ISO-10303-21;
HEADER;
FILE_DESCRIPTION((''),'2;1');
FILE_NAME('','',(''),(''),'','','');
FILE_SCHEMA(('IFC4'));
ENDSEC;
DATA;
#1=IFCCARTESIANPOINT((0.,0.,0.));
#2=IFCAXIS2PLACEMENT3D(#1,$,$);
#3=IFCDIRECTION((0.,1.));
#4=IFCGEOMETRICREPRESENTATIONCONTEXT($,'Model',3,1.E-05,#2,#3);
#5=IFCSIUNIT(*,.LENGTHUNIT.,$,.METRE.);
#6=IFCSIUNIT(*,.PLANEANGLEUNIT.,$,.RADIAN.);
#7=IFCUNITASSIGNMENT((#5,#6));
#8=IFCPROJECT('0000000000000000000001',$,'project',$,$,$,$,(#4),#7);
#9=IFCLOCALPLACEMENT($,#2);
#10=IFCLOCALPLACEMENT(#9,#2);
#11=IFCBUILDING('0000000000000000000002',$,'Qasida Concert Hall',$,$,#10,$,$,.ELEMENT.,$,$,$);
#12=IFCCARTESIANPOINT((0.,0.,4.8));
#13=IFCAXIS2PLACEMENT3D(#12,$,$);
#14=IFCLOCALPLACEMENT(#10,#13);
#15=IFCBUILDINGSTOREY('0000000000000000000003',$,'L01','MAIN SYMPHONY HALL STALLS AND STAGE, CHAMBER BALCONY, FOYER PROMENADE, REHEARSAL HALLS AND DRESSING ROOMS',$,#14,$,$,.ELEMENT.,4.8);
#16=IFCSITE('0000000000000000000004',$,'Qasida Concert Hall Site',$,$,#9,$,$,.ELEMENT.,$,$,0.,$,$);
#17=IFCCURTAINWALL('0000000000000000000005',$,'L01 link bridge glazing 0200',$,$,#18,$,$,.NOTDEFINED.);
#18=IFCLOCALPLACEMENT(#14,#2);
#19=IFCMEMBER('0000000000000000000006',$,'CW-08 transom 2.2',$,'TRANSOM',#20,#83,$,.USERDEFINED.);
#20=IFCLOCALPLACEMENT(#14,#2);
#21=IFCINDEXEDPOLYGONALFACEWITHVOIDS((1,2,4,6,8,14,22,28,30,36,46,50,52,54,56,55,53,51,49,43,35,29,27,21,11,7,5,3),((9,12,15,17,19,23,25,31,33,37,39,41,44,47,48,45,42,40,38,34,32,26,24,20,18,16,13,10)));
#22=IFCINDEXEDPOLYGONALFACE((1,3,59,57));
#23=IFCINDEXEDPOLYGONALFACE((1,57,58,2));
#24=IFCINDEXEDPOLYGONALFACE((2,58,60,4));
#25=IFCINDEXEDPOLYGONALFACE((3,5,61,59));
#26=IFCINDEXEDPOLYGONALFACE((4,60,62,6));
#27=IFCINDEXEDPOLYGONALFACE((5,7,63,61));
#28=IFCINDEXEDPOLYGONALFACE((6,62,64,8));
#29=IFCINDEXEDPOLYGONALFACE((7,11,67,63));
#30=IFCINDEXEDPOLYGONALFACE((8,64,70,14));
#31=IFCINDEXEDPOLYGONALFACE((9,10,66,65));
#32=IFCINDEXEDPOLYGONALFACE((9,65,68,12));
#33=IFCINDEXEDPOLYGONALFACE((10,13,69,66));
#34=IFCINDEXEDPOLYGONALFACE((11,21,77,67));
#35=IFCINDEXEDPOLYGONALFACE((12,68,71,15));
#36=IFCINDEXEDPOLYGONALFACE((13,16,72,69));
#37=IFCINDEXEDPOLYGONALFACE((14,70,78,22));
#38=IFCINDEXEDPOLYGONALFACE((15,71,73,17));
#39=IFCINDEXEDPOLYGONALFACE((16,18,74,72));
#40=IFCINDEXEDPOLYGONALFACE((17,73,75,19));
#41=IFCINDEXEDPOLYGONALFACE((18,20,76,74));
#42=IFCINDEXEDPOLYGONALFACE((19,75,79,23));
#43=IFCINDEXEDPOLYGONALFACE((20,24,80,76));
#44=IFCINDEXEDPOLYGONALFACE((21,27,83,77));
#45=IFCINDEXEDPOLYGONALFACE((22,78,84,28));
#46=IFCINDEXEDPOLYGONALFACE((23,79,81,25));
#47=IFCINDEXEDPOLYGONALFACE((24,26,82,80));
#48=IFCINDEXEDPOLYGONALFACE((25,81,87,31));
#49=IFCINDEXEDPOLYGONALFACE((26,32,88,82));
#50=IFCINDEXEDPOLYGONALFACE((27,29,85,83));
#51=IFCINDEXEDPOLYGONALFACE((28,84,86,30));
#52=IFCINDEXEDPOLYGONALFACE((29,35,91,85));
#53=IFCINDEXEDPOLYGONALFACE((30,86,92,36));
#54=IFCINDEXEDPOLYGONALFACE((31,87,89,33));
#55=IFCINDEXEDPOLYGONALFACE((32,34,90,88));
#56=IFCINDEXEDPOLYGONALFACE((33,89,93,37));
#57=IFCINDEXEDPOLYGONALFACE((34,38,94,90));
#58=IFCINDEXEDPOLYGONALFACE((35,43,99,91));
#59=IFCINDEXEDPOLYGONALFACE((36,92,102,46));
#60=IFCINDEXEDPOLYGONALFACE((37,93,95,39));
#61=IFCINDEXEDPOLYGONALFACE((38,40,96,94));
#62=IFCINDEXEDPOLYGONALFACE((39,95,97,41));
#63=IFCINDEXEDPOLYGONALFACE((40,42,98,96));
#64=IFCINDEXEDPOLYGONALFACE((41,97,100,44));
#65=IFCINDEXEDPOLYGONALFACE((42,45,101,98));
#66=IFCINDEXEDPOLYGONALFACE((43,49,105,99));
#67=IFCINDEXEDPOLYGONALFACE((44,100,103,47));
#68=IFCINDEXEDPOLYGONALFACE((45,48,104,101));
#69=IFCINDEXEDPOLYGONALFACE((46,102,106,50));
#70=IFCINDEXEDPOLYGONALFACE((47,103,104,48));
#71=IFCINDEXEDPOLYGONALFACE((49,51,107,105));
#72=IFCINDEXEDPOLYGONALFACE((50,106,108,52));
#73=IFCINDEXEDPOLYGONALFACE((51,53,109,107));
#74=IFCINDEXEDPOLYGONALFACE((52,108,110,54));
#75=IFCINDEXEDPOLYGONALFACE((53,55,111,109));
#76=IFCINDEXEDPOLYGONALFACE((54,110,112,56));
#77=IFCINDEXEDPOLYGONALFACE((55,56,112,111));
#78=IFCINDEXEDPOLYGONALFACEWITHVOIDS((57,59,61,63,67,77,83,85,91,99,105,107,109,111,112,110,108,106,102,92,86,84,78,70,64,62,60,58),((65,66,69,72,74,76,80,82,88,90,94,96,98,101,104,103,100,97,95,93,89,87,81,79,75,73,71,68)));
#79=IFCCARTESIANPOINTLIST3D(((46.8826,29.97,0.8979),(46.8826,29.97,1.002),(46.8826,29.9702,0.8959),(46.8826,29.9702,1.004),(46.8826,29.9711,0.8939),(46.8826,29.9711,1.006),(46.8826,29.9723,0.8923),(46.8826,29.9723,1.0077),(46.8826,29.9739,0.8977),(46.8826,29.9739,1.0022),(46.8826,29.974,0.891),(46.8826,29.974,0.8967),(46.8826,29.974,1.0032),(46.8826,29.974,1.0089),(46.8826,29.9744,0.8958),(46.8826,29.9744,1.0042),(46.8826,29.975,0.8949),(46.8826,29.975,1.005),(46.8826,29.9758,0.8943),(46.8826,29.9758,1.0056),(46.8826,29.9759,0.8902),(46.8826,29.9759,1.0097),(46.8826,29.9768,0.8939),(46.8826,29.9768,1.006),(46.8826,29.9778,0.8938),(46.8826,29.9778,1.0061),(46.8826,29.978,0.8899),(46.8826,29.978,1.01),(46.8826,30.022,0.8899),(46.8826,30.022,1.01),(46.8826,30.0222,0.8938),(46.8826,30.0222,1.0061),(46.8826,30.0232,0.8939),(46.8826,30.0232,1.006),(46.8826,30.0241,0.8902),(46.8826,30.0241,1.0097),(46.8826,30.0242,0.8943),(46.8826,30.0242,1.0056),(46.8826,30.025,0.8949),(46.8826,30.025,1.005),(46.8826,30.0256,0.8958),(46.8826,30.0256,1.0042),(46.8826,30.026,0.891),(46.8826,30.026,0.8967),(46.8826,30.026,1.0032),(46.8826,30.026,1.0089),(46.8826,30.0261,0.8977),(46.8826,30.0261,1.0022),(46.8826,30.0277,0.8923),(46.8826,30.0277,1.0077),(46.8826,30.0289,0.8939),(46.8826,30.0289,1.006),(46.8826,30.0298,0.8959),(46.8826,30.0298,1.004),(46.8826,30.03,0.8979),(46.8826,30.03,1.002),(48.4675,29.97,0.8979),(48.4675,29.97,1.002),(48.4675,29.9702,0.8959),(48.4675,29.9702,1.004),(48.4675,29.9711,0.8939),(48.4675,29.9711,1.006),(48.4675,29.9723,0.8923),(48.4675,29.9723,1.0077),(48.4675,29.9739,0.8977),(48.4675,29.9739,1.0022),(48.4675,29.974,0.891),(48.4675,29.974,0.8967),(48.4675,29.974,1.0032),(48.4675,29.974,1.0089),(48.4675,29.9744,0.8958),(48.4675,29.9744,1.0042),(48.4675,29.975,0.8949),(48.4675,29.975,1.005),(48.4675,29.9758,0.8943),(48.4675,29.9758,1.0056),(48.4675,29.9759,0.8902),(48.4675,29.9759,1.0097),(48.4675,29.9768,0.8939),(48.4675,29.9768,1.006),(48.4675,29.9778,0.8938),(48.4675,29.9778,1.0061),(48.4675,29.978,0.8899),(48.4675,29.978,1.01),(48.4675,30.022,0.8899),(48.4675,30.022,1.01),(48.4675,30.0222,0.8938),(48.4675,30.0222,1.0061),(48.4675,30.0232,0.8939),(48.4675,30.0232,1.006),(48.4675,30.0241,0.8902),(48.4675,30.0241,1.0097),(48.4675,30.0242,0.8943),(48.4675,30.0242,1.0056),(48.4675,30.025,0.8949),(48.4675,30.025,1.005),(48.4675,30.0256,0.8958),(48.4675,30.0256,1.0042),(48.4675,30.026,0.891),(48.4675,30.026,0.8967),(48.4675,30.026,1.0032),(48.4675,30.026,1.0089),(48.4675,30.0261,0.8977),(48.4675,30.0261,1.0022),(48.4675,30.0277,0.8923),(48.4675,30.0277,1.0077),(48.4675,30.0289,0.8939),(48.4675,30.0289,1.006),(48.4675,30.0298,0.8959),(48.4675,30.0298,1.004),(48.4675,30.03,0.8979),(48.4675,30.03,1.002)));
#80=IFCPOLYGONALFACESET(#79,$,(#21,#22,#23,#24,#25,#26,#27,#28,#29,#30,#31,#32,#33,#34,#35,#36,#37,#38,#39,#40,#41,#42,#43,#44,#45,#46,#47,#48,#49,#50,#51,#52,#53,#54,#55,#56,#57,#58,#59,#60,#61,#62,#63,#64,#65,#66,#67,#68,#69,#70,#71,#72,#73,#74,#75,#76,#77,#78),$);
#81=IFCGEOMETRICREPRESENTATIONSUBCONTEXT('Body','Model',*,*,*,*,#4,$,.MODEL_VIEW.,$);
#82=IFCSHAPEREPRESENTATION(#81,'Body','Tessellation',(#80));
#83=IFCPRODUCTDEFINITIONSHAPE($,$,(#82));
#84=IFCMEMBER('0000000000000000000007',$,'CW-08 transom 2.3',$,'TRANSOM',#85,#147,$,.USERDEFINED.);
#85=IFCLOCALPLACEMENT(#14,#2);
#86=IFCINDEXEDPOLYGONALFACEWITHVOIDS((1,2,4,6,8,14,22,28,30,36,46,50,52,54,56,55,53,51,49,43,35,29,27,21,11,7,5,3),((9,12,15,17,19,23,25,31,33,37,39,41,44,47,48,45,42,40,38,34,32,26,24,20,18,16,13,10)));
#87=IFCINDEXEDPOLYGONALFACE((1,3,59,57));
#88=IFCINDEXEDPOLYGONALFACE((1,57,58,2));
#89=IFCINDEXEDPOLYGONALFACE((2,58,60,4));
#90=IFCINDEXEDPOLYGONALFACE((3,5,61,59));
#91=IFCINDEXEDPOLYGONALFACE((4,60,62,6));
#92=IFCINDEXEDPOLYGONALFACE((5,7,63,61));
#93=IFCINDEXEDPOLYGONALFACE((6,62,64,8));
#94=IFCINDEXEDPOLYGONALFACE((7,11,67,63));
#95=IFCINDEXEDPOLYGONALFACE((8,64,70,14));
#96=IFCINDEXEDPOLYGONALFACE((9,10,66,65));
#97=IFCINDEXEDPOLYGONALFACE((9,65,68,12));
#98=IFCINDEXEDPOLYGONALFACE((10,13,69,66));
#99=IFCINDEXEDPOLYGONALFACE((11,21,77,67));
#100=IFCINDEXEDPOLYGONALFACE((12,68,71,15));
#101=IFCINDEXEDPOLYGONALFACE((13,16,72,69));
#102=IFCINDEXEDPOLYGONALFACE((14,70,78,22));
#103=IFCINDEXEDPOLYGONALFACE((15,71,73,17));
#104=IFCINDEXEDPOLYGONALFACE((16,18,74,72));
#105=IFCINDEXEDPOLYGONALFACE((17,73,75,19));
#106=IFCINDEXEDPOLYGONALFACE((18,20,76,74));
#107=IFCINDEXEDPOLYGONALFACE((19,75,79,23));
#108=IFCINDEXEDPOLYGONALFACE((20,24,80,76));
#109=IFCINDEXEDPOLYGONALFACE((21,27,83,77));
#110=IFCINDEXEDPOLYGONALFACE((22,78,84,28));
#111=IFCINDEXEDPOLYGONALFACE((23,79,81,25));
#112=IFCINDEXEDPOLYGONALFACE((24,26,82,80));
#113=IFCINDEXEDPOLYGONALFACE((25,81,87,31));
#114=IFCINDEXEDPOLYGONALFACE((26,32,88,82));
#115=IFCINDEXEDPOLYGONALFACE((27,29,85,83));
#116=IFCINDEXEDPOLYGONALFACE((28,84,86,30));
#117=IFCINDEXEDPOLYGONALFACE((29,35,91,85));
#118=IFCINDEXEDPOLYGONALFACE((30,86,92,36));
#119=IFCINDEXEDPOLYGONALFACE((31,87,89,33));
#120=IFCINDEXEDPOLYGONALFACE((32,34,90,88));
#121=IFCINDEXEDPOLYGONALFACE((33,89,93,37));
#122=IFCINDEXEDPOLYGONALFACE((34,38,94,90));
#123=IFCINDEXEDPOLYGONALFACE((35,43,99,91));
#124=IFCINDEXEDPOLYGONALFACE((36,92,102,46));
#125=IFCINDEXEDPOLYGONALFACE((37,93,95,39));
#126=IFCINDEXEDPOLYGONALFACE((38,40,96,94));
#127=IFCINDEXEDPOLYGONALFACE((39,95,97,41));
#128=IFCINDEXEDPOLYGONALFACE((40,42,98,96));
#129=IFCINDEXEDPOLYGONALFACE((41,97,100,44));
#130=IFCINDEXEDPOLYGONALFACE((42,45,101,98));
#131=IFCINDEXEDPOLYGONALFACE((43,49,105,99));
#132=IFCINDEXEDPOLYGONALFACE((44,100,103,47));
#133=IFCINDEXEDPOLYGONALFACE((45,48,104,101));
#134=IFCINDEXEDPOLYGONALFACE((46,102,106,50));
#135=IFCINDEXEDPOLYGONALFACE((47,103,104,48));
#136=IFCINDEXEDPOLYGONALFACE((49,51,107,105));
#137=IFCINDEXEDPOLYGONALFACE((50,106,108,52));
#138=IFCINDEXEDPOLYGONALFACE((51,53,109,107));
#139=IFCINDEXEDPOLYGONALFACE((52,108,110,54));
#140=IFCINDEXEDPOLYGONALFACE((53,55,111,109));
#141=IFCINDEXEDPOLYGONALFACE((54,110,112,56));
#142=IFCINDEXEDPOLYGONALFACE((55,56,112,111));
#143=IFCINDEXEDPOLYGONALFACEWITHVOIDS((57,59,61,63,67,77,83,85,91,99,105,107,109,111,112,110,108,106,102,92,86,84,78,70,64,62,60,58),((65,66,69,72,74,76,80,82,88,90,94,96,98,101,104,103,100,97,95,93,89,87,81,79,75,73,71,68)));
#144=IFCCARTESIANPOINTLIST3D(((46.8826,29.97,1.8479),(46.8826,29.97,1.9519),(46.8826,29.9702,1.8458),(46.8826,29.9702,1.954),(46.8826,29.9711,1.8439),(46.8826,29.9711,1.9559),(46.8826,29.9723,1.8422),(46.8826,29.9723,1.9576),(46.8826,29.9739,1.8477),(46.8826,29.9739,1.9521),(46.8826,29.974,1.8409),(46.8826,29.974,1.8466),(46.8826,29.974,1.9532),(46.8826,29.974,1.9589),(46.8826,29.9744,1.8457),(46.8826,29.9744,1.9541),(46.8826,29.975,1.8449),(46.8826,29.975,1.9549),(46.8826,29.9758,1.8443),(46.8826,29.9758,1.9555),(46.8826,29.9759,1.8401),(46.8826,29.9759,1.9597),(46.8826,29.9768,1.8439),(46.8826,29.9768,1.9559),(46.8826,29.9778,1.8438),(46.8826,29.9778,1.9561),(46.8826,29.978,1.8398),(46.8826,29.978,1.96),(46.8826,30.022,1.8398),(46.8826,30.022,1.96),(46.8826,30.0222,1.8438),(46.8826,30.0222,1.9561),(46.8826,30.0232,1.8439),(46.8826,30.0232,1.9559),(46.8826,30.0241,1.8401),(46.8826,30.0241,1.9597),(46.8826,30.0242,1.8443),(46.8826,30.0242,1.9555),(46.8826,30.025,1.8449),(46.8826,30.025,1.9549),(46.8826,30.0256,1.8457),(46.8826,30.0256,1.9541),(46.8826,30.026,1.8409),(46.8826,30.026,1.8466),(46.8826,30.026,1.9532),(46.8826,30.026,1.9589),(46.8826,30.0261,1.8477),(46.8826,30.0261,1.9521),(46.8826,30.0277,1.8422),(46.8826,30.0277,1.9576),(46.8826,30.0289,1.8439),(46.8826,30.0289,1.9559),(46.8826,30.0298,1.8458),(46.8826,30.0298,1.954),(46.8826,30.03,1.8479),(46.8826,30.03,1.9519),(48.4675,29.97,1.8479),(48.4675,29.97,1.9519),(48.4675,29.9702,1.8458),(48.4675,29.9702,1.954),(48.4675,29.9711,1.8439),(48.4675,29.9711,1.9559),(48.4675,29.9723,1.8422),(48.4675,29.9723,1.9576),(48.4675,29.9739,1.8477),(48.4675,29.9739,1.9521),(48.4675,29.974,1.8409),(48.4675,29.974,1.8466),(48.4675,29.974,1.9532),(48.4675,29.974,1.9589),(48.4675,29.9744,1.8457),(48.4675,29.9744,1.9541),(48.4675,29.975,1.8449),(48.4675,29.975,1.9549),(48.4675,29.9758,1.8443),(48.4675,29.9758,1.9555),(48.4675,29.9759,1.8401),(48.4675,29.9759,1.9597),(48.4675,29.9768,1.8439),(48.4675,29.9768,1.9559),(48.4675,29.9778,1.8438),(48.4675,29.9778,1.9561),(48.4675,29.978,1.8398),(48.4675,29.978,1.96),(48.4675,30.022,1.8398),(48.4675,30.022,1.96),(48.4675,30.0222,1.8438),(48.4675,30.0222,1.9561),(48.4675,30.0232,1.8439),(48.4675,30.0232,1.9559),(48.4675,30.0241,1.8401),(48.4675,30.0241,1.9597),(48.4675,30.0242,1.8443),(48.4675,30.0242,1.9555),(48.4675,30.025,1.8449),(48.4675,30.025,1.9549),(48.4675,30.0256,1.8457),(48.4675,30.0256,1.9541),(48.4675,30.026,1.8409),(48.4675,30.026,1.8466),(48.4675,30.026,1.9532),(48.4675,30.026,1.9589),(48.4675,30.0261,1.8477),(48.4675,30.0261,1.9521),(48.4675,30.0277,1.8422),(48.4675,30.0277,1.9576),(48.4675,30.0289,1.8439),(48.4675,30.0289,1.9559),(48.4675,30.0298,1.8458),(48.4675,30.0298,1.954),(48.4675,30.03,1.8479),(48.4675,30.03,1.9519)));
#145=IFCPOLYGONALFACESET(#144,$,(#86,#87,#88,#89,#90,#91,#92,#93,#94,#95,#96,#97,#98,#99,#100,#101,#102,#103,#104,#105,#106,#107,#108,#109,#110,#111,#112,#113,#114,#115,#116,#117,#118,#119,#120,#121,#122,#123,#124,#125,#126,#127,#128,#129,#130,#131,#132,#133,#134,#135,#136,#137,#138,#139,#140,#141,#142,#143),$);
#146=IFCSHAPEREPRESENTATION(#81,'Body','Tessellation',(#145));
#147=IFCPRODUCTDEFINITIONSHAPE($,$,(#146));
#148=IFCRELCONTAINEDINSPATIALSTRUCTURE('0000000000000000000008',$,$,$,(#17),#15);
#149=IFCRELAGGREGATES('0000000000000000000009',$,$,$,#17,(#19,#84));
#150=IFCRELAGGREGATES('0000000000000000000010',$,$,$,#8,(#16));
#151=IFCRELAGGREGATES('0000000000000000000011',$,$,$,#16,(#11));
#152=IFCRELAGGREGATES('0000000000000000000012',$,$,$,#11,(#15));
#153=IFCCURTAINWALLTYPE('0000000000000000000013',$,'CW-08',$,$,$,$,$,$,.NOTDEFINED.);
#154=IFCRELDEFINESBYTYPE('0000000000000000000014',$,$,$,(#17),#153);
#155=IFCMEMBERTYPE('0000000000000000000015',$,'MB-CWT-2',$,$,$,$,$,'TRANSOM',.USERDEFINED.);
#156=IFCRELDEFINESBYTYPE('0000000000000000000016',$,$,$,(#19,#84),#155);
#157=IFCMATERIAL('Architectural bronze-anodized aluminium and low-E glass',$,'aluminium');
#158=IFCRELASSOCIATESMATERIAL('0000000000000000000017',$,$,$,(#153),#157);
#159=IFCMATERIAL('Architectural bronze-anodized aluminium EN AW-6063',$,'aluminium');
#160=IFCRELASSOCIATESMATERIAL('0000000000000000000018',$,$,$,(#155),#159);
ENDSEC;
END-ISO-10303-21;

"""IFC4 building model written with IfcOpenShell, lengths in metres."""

from ifc_helpers import new_model, si_unit, direction, frame, origin, origin_2d, place, context, subcontext, project, spatial, hollow_rectangle, extrude, material, material_profile, profile_set, type_object, element, aggregate, save


model = new_model("IFC4")

# Units and contexts
model_context = context("Model", 3, precision=1e-05, world=origin(), true_north=direction((0.0, 1.0)))
body_context = subcontext(model_context, "Body", "Model", "MODEL_VIEW")
ifc_project = project(units=[si_unit("LENGTHUNIT", "METRE"), si_unit("PLANEANGLEUNIT", "RADIAN")], contexts=[model_context])

# Site, building, storey
site_placement = place(None, origin())
site = spatial("IfcSite", under=ifc_project, at=site_placement, Name="Qasida Concert Hall Site", CompositionType="ELEMENT", RefElevation=0.0)
building_placement = place(site_placement, origin())
building = spatial("IfcBuilding", under=site, at=building_placement, Name="Qasida Concert Hall", CompositionType="ELEMENT")
storey_placement = place(building_placement, frame((0.0, 0.0, 4.8)))
storey = spatial("IfcBuildingStorey", under=building, at=storey_placement, Name="L01", Description="MAIN SYMPHONY HALL STALLS AND STAGE, CHAMBER BALCONY, FOYER PROMENADE, REHEARSAL HALLS AND DRESSING ROOMS", CompositionType="ELEMENT", Elevation=4.8)

# Curtain wall
ifc_material_1 = material(Name="Architectural bronze-anodized aluminium and low-E glass", Category="aluminium")
curtain_wall_type = type_object("IfcCurtainWallType", Name="CW-08", PredefinedType="NOTDEFINED", material=ifc_material_1)
curtain_wall_1_placement = place(storey_placement, origin())
curtain_wall_1 = element("IfcCurtainWall", 1, at=curtain_wall_1_placement, inside=storey, type_object=curtain_wall_type, Name="L01 link bridge glazing 0200", PredefinedType="NOTDEFINED")
ifc_material_2 = material(Name="Architectural bronze-anodized aluminium EN AW-6063", Category="aluminium")

# Members
ifc_material_profile_1 = material_profile(ifc_material_2, hollow_rectangle(XDim=0.0601, YDim=0.1201, WallThickness=0.0039, InnerFilletRadius=0.0039, OuterFilletRadius=0.0081, at=origin_2d()), Name="CWT 120x60x4")
ifc_profile_set_1 = profile_set([ifc_material_profile_1], Name="Architectural bronze-anodized aluminium EN AW-6063")
member_type_1 = type_object("IfcMemberType", Name="MB-CWT-2", ElementType="TRANSOM", PredefinedType="USERDEFINED", material=ifc_profile_set_1)
member_1_placement = place(storey_placement, frame((46.8826, 30.0, 0.95), z_axis=(1.0, 0.0, 0.0), x_axis=(0.0, 1.0, 0.0)))
member_1 = element("IfcMember", 2, at=member_1_placement, type_object=member_type_1, Name="CW-08 transom 2.2", ObjectType="TRANSOM", PredefinedType="USERDEFINED", context=body_context, shape_type="SweptSolid", body=[
    extrude(hollow_rectangle(XDim=0.0601, YDim=0.1201, WallThickness=0.0039, InnerFilletRadius=0.0039, OuterFilletRadius=0.0081, at=origin_2d()), origin(), (0.0, 0.0, 1.0), 1.585),
])
member_2_placement = place(storey_placement, frame((46.8826, 30.0, 1.8999), z_axis=(1.0, 0.0, 0.0), x_axis=(0.0, 1.0, 0.0)))
member_2 = element("IfcMember", 3, at=member_2_placement, type_object=member_type_1, Name="CW-08 transom 2.3", ObjectType="TRANSOM", PredefinedType="USERDEFINED", context=body_context, shape_type="SweptSolid", body=[
    extrude(hollow_rectangle(XDim=0.0601, YDim=0.1201, WallThickness=0.0039, InnerFilletRadius=0.0039, OuterFilletRadius=0.0081, at=origin_2d()), origin(), (0.0, 0.0, 1.0), 1.585),
])

aggregate(curtain_wall_1, [member_1, member_2])

save(model, "model.ifc")
